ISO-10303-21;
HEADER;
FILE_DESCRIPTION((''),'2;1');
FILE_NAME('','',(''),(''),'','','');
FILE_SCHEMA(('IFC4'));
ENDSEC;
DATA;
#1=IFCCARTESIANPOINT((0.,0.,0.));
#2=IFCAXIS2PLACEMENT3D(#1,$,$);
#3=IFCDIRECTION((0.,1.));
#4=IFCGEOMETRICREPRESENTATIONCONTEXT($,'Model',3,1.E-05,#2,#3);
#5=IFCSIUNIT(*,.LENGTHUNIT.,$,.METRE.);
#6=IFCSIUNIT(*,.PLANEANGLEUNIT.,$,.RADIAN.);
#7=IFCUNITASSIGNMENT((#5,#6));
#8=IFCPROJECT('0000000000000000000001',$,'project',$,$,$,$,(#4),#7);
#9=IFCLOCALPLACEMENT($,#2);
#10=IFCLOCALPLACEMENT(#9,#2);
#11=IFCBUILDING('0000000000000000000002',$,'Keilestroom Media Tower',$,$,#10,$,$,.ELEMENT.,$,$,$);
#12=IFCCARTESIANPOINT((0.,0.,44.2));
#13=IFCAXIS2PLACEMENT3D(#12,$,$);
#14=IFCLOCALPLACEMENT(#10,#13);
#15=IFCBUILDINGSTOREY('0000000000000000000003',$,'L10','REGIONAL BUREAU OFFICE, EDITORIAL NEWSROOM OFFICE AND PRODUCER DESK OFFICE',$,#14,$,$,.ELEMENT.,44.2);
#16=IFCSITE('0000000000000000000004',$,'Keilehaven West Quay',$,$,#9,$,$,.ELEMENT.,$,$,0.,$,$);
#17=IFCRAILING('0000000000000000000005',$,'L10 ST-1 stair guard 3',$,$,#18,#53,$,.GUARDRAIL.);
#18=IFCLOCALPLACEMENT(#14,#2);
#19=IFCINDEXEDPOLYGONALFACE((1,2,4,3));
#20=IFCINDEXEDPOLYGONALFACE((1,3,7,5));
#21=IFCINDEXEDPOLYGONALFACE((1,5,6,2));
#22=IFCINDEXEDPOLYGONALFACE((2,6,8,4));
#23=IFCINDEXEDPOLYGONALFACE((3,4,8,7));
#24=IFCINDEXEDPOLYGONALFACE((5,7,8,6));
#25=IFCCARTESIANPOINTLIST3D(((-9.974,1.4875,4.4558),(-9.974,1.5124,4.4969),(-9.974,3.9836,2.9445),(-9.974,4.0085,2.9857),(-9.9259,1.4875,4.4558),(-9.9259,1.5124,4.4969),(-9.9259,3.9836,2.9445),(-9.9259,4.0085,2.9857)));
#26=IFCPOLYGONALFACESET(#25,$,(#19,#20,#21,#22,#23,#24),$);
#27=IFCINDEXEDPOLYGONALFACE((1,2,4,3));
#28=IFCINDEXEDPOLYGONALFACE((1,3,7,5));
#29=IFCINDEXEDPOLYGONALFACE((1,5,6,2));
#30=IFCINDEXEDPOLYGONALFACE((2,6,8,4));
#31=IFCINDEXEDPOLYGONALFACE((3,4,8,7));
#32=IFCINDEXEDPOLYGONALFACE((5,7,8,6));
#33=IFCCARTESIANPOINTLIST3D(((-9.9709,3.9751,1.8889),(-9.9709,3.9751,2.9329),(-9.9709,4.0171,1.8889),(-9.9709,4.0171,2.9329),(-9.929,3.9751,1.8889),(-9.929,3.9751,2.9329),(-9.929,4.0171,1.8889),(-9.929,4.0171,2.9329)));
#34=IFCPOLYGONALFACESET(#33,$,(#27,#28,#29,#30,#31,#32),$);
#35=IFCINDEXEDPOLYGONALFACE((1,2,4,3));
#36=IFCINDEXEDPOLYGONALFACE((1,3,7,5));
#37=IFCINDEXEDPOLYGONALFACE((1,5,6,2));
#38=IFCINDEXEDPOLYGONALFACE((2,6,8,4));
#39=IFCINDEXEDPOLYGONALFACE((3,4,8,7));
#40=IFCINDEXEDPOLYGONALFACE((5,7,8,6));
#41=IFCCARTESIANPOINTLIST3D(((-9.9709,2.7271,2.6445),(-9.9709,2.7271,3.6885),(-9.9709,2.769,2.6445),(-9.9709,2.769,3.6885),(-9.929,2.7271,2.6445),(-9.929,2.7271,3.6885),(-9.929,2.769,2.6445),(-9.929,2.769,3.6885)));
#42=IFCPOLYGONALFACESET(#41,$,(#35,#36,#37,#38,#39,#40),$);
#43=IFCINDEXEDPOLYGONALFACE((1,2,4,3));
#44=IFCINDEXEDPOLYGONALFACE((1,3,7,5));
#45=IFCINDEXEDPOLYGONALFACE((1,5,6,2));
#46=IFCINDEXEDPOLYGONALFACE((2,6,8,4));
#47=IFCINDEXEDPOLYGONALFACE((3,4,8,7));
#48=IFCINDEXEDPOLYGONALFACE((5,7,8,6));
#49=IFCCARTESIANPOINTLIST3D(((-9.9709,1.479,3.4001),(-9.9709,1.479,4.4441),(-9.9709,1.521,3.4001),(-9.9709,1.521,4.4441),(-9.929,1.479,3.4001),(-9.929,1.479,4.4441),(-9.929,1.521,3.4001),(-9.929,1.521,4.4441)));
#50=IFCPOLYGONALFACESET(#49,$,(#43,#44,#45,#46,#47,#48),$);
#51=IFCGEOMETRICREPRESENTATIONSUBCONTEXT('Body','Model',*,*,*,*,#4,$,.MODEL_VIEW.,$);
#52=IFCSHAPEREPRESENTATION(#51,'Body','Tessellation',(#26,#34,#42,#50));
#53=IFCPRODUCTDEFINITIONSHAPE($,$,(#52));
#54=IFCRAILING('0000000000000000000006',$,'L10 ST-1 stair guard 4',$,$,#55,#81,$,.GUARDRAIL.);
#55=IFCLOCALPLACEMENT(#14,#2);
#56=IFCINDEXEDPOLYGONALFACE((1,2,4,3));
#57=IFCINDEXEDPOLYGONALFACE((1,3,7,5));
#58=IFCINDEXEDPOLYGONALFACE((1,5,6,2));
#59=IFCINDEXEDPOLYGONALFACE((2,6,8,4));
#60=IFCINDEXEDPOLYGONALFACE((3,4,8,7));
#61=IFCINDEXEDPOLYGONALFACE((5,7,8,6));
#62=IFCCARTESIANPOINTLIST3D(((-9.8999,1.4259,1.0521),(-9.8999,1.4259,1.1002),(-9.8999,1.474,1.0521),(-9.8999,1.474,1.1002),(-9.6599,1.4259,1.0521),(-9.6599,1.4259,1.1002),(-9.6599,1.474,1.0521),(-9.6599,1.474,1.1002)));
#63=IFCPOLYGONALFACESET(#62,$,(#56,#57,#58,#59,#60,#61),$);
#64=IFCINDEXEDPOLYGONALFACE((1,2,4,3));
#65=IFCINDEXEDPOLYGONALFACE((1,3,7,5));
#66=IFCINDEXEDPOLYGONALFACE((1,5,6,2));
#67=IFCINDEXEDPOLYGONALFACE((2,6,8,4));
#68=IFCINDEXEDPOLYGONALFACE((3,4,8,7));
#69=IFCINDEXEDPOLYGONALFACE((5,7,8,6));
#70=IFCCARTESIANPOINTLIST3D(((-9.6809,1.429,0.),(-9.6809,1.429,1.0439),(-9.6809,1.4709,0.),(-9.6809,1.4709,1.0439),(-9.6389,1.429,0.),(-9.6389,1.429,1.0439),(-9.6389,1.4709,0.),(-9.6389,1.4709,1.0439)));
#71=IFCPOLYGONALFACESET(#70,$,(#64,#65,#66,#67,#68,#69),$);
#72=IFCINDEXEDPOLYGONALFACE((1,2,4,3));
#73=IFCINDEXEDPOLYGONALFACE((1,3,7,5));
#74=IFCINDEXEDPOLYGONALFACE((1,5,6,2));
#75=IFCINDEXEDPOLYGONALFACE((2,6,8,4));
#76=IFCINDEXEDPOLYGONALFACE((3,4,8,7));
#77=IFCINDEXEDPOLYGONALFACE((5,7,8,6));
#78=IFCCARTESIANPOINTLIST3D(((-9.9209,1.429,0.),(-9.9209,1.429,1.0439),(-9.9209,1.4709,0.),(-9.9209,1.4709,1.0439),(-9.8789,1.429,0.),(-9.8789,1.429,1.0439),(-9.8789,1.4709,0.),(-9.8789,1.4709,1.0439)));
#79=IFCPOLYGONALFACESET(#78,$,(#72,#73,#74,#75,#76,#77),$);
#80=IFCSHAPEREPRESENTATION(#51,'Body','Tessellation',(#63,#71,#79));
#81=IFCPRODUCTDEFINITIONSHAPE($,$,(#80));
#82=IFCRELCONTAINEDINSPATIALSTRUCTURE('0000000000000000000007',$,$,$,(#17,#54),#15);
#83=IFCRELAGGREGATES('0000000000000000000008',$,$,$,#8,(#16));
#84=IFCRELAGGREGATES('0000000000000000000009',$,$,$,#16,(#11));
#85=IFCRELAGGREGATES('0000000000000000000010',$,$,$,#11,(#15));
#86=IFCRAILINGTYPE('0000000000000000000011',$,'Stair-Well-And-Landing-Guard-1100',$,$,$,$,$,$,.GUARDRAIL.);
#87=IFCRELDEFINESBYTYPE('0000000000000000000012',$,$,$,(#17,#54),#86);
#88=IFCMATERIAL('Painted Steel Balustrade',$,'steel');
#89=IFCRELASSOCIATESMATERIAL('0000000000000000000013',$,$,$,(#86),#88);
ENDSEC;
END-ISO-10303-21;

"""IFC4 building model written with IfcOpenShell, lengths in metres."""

from ifc_helpers import new_model, si_unit, direction, frame, origin, origin_2d, place, context, subcontext, project, spatial, rectangle, extrude, material, type_object, element, save


model = new_model("IFC4")

# Units and contexts
model_context = context("Model", 3, precision=1e-05, world=origin(), true_north=direction((0.0, 1.0)))
body_context = subcontext(model_context, "Body", "Model", "MODEL_VIEW")
ifc_project = project(units=[si_unit("LENGTHUNIT", "METRE"), si_unit("PLANEANGLEUNIT", "RADIAN")], contexts=[model_context])

# Site, building, storey
site_placement = place(None, origin())
site = spatial("IfcSite", under=ifc_project, at=site_placement, Name="Keilehaven West Quay", CompositionType="ELEMENT", RefElevation=0.0)
building_placement = place(site_placement, origin())
building = spatial("IfcBuilding", under=site, at=building_placement, Name="Keilestroom Media Tower", CompositionType="ELEMENT")
storey_placement = place(building_placement, frame((0.0, 0.0, 44.2)))
storey = spatial("IfcBuildingStorey", under=building, at=storey_placement, Name="L10", Description="REGIONAL BUREAU OFFICE, EDITORIAL NEWSROOM OFFICE AND PRODUCER DESK OFFICE", CompositionType="ELEMENT", Elevation=44.2)

# Railings
ifc_material_1 = material(Name="Painted Steel Balustrade", Category="steel")
railing_type_1 = type_object("IfcRailingType", Name="Stair-Well-And-Landing-Guard-1100", PredefinedType="GUARDRAIL", material=ifc_material_1)
railing_1_placement = place(storey_placement, frame((-9.95, 3.9961, 1.8889)))
element("IfcRailing", 1, at=railing_1_placement, inside=storey, type_object=railing_type_1, Name="L10 ST-1 stair guard 3", PredefinedType="GUARDRAIL", context=body_context, shape_type="SweptSolid", body=[
    extrude(rectangle(XDim=0.0481, YDim=0.0481, at=origin_2d()), frame((0.0, 0.0, 1.0762), z_axis=(0.0, -0.855434, 0.517912), x_axis=(1.0, 0.0, 0.0)), (0.0, 0.0, 1.0), 2.918),
    extrude(rectangle(XDim=0.042, YDim=0.042, at=origin_2d()), origin(), (0.0, 0.0, 1.0), 1.0439),
    extrude(rectangle(XDim=0.042, YDim=0.042, at=origin_2d()), frame((0.0, -1.248, 0.7556)), (0.0, 0.0, 1.0), 1.0439),
    extrude(rectangle(XDim=0.042, YDim=0.042, at=origin_2d()), frame((0.0, -2.4961, 1.5112)), (0.0, 0.0, 1.0), 1.0439),
])
railing_2_placement = place(storey_placement, frame((-9.6599, 1.45, 0.0)))
element("IfcRailing", 2, at=railing_2_placement, inside=storey, type_object=railing_type_1, Name="L10 ST-1 stair guard 4", PredefinedType="GUARDRAIL", context=body_context, shape_type="SweptSolid", body=[
    extrude(rectangle(XDim=0.0481, YDim=0.0481, at=origin_2d()), frame((0.0, 0.0, 1.0762), z_axis=(-1.0, 0.0, 0.0), x_axis=(0.0, -1.0, 0.0)), (0.0, 0.0, 1.0), 0.24),
    extrude(rectangle(XDim=0.042, YDim=0.042, at=origin_2d()), origin(), (0.0, 0.0, 1.0), 1.0439),
    extrude(rectangle(XDim=0.042, YDim=0.042, at=origin_2d()), frame((-0.24, 0.0, 0.0)), (0.0, 0.0, 1.0), 1.0439),
])

save(model, "model.ifc")
